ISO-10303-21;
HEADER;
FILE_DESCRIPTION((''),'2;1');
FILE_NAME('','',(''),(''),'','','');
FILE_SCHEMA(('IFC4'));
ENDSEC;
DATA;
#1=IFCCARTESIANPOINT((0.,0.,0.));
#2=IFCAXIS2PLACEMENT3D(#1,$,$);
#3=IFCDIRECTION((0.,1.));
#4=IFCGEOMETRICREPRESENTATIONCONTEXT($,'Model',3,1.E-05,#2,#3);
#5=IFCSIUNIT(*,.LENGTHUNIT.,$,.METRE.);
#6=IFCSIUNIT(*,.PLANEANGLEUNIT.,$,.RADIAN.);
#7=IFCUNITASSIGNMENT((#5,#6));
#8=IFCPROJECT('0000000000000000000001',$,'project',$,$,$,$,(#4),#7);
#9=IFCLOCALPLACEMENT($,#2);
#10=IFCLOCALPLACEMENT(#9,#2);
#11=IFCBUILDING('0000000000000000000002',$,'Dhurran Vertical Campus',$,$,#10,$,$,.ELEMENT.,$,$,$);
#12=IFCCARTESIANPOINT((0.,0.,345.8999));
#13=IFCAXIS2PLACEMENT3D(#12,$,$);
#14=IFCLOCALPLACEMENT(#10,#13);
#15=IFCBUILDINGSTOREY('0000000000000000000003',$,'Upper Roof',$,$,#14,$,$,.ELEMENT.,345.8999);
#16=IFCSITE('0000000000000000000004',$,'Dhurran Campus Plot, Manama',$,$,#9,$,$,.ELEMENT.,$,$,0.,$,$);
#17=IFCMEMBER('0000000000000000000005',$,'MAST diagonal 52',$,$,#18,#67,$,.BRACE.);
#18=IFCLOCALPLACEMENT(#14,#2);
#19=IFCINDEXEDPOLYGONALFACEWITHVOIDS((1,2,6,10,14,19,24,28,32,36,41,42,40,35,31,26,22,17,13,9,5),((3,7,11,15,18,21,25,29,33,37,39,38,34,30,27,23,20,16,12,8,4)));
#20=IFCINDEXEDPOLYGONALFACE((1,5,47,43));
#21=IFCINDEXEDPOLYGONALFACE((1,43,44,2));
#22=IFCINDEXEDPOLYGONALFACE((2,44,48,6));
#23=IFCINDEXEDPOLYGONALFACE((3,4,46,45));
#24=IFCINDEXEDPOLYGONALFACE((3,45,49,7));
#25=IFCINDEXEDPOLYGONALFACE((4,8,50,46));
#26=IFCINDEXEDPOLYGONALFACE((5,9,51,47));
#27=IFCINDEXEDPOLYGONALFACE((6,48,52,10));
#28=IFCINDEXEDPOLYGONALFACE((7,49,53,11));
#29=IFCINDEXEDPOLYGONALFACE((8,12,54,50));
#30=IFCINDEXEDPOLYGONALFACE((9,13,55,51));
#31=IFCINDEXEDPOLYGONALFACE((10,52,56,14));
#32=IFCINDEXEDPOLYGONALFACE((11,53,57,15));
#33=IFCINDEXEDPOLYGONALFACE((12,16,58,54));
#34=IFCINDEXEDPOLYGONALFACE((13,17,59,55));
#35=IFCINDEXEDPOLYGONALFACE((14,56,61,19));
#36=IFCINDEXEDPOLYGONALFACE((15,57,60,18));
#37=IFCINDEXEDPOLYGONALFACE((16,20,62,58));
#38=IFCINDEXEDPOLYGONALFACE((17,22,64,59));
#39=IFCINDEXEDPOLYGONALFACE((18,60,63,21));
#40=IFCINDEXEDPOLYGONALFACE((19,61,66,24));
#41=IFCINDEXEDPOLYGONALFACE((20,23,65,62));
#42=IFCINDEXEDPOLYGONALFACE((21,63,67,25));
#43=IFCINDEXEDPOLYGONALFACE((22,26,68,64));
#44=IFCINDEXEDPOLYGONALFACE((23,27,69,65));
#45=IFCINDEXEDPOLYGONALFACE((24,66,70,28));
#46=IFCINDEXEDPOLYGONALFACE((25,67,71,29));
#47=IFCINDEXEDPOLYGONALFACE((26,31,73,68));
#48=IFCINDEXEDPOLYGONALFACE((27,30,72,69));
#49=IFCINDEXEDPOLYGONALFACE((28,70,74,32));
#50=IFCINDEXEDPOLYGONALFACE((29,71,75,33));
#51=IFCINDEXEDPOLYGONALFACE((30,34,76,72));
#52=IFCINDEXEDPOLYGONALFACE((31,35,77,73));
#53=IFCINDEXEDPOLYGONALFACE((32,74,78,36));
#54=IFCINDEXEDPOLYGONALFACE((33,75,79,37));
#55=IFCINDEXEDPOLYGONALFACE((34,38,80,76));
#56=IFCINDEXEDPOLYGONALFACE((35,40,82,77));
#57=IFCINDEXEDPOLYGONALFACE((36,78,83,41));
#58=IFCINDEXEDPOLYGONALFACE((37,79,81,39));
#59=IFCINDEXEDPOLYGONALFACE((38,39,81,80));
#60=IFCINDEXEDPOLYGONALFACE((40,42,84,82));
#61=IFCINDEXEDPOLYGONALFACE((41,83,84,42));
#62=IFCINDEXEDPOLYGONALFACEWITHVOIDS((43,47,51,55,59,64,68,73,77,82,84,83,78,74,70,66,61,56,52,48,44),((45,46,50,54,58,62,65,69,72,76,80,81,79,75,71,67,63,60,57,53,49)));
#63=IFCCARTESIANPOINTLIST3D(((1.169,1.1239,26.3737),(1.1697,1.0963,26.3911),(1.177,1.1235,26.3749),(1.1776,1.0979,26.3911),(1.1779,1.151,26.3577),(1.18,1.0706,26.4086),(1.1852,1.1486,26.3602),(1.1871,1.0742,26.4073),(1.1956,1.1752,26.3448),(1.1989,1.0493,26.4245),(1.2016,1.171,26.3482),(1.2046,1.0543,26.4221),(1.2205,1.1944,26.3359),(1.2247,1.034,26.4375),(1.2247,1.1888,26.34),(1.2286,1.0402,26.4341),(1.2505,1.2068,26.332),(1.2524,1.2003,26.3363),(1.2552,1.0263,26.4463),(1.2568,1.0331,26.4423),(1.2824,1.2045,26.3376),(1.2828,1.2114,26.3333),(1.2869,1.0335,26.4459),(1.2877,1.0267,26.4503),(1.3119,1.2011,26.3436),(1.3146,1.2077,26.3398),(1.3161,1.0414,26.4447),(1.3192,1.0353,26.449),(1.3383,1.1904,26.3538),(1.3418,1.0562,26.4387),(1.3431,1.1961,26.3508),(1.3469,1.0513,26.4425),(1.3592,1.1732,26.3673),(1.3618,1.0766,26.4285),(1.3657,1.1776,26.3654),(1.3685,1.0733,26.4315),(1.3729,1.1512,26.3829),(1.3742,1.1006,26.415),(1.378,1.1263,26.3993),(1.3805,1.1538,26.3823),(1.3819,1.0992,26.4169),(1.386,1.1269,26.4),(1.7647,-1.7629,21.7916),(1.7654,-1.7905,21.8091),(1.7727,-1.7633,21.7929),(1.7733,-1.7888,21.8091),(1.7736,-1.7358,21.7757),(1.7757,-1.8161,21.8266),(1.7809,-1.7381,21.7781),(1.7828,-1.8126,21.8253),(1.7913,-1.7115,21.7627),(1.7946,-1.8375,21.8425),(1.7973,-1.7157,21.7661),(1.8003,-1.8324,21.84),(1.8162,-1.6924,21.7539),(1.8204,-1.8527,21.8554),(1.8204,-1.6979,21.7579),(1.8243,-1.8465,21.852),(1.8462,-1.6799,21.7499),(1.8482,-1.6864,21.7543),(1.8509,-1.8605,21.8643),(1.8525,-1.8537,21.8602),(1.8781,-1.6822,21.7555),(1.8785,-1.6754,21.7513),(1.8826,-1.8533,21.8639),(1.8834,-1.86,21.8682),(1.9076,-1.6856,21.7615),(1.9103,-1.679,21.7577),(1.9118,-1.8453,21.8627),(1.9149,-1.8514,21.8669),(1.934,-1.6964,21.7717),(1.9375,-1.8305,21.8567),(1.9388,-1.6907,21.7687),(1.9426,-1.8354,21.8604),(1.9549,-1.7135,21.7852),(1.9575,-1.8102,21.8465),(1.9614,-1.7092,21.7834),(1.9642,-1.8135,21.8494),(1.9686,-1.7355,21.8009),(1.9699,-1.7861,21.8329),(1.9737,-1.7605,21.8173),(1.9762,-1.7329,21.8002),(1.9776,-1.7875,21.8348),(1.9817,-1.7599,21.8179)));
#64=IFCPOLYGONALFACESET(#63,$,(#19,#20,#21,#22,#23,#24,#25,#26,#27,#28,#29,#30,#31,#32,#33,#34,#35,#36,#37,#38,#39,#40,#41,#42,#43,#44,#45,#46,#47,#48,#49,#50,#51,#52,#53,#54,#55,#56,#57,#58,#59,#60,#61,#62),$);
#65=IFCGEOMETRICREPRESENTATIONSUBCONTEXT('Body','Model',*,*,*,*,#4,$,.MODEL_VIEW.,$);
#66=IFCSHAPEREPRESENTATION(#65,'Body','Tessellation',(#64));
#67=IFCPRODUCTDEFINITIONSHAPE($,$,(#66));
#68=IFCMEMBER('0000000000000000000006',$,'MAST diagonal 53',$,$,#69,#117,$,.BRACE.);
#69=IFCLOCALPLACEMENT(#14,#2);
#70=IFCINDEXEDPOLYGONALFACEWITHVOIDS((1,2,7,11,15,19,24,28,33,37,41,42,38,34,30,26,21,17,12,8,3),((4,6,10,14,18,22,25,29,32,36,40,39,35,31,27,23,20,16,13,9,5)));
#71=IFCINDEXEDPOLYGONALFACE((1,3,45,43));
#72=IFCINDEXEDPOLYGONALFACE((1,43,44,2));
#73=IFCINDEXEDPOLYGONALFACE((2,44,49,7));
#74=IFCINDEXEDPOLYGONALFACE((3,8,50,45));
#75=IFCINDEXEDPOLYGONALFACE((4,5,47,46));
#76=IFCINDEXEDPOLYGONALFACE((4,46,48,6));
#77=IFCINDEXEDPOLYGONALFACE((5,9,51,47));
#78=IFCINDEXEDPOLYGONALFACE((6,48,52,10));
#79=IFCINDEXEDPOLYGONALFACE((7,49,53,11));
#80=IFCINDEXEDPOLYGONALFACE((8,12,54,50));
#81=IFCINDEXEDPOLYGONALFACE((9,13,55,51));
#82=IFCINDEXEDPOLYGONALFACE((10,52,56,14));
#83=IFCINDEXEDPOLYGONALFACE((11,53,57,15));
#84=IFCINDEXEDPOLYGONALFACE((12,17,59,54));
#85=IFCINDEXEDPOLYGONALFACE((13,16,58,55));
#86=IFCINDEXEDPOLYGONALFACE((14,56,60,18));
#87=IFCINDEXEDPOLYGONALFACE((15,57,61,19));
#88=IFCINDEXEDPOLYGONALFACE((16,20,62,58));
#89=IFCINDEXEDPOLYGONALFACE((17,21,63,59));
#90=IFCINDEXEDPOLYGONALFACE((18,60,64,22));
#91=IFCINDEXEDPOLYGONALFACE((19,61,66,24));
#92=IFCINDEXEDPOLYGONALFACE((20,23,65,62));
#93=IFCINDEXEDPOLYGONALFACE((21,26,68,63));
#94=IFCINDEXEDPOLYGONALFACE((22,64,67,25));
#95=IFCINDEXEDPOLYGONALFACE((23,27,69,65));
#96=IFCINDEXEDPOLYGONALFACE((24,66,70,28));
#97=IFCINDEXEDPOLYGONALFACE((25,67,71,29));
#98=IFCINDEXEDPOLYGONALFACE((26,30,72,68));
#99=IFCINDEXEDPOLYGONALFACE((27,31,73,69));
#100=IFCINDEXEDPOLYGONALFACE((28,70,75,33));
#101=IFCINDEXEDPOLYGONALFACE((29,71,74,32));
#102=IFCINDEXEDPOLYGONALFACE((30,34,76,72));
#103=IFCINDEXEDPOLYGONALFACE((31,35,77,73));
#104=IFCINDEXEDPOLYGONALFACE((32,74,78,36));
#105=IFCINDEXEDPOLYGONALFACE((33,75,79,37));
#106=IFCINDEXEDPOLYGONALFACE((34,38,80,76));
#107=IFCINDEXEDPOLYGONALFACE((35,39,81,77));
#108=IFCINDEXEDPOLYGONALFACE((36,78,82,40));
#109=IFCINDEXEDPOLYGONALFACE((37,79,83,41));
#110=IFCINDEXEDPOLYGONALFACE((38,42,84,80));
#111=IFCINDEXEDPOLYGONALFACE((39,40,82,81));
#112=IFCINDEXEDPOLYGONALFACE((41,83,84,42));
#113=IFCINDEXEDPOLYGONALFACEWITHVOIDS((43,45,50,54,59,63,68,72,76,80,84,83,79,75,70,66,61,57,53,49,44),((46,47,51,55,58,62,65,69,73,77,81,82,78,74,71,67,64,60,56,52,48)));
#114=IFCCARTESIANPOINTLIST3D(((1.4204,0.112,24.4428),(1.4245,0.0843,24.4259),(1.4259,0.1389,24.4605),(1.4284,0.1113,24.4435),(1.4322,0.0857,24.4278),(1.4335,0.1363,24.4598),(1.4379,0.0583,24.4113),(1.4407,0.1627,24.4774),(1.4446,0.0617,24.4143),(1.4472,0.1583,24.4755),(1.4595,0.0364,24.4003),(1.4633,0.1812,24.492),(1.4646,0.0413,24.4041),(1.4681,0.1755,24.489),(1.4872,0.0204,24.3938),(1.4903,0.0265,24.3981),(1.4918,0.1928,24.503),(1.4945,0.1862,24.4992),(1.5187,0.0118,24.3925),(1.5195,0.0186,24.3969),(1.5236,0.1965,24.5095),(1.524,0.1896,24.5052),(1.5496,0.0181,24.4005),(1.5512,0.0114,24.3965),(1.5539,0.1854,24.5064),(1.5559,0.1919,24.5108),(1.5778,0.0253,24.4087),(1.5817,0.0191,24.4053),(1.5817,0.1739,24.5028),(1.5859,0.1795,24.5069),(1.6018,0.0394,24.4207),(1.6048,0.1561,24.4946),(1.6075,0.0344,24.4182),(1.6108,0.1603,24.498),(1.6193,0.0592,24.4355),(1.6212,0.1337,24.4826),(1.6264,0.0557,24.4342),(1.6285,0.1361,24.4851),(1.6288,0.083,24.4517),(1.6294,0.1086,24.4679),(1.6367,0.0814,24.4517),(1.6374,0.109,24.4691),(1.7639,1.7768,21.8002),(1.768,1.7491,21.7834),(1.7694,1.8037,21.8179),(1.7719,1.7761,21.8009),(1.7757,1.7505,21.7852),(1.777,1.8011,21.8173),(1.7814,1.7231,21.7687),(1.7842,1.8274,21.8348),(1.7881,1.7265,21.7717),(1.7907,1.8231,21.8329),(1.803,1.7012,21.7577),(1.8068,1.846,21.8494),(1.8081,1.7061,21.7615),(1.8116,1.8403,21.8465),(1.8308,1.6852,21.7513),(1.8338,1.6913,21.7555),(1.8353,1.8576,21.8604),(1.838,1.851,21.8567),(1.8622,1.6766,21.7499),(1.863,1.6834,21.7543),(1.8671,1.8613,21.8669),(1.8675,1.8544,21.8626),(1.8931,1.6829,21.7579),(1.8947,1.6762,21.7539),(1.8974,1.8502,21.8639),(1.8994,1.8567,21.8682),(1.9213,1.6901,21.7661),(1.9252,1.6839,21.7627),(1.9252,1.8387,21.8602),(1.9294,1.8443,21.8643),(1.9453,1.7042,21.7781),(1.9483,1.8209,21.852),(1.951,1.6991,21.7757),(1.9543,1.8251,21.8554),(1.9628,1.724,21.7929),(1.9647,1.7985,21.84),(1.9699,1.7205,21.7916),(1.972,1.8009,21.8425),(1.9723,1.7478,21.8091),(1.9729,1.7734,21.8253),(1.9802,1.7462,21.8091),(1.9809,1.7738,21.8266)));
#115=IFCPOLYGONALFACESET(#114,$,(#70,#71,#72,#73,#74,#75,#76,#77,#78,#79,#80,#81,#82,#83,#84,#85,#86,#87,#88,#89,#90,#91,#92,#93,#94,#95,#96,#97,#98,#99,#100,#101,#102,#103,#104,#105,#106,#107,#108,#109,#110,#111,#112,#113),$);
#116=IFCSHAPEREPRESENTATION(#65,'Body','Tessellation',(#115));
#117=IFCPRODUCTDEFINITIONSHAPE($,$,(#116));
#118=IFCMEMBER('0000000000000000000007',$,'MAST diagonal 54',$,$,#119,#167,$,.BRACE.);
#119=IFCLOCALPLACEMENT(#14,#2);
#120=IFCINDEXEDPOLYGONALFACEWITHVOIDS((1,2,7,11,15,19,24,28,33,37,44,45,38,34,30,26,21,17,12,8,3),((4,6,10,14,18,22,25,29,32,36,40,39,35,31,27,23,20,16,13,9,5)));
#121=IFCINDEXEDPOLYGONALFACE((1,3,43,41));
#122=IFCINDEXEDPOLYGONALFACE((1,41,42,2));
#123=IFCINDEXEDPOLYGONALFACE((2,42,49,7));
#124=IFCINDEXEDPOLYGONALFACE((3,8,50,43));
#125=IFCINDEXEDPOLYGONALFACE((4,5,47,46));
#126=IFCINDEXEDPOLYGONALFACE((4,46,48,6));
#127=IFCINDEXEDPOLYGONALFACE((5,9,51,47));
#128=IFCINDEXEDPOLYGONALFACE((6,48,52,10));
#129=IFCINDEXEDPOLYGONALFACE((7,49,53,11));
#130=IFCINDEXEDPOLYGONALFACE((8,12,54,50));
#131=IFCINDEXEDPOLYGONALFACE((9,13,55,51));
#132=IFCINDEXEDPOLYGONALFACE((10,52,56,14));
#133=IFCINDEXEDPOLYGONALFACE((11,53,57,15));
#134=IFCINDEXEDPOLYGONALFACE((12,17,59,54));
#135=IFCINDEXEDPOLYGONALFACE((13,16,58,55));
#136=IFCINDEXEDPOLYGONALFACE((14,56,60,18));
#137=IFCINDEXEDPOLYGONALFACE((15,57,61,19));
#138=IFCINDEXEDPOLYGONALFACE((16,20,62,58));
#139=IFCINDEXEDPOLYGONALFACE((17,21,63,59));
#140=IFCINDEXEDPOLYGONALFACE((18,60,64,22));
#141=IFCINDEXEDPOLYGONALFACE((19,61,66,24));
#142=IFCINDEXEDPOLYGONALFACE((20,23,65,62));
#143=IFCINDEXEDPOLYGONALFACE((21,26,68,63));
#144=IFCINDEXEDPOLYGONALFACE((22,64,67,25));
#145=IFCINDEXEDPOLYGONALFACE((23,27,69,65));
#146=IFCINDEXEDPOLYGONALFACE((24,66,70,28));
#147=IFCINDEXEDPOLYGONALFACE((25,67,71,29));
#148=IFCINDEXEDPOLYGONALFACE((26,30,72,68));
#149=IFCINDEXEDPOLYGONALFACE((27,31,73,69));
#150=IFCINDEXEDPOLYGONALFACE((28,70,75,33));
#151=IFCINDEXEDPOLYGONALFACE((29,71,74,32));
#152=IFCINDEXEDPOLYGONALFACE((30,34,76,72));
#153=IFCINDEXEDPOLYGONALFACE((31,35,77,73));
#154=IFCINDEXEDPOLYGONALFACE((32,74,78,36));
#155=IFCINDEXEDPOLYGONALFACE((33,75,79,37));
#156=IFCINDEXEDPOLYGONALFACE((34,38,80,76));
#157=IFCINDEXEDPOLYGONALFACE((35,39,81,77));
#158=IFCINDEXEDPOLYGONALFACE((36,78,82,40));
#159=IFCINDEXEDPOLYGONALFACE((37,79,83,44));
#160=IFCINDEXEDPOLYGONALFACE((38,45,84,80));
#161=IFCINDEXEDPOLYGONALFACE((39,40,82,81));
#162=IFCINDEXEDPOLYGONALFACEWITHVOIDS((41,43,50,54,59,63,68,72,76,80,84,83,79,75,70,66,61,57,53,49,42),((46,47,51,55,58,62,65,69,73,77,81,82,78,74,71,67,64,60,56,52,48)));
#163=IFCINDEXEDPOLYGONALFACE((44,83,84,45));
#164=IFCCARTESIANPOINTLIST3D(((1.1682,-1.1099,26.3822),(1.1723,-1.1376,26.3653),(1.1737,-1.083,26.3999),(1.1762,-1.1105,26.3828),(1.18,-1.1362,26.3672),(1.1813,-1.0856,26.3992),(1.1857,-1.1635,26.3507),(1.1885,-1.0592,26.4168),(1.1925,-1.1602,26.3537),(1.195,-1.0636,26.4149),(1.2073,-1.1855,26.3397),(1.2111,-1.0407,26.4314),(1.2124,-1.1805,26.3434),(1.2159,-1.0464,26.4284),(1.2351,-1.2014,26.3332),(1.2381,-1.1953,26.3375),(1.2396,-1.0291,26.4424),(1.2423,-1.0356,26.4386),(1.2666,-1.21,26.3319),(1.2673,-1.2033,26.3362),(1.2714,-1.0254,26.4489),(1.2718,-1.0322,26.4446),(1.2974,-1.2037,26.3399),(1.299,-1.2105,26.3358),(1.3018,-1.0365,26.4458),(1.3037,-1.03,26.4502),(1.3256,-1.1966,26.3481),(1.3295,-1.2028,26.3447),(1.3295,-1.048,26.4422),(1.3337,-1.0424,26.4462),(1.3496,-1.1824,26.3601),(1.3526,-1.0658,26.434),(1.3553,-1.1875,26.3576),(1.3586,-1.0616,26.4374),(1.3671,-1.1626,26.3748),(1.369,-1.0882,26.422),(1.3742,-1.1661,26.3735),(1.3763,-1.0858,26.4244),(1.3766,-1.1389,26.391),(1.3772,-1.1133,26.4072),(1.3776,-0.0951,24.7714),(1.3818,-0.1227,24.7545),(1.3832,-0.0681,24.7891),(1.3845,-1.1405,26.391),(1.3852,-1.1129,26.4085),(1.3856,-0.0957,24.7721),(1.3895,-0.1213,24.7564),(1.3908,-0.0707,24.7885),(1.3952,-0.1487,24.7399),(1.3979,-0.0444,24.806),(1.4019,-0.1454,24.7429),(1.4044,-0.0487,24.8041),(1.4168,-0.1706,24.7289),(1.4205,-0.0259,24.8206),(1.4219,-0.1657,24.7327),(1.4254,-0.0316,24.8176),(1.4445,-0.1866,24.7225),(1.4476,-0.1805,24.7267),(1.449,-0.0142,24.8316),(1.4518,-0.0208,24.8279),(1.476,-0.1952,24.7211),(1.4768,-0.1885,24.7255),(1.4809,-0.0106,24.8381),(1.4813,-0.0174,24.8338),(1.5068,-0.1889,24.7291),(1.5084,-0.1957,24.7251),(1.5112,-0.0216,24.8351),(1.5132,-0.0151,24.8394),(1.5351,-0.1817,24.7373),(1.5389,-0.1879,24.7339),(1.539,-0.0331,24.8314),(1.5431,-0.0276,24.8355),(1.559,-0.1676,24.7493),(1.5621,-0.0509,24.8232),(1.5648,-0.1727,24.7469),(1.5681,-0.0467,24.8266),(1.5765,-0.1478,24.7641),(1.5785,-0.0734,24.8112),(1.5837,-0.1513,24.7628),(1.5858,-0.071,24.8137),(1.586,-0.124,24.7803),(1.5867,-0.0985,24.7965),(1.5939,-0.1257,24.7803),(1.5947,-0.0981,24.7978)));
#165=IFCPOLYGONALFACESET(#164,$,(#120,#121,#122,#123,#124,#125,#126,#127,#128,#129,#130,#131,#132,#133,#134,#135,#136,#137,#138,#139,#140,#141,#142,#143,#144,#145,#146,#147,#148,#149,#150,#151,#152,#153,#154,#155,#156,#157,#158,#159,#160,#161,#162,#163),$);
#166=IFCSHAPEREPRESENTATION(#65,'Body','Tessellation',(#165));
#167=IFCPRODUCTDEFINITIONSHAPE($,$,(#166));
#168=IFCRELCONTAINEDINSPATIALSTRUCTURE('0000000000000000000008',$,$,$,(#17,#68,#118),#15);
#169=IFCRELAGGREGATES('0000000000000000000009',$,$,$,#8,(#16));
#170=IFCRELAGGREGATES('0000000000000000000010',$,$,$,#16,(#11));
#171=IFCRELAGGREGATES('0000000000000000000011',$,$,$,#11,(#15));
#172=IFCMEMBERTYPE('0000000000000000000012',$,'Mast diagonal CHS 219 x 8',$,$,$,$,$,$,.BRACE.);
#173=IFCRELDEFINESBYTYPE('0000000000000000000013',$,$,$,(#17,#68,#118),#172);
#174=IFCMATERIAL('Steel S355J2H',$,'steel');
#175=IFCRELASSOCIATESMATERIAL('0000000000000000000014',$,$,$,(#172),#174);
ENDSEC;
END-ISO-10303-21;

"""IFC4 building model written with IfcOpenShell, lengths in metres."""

from ifc_helpers import new_model, si_unit, direction, frame, origin, origin_2d, place, context, subcontext, project, spatial, hollow_circle, extrude, material, material_profile, profile_set, type_object, element, save


model = new_model("IFC4")

# Units and contexts
model_context = context("Model", 3, precision=1e-05, world=origin(), true_north=direction((0.0, 1.0)))
body_context = subcontext(model_context, "Body", "Model", "MODEL_VIEW")
ifc_project = project(units=[si_unit("LENGTHUNIT", "METRE"), si_unit("PLANEANGLEUNIT", "RADIAN")], contexts=[model_context])

# Site, building, storey
site_placement = place(None, origin())
site = spatial("IfcSite", under=ifc_project, at=site_placement, Name="Dhurran Campus Plot, Manama", CompositionType="ELEMENT", RefElevation=0.0)
building_placement = place(site_placement, origin())
building = spatial("IfcBuilding", under=site, at=building_placement, Name="Dhurran Vertical Campus", CompositionType="ELEMENT")
storey_placement = place(building_placement, frame((0.0, 0.0, 345.8999)))
storey = spatial("IfcBuildingStorey", under=building, at=storey_placement, Name="Upper Roof", CompositionType="ELEMENT", Elevation=345.8999)

# Members
ifc_material_1 = material(Name="Steel S355J2H", Category="steel")
ifc_material_profile_1 = material_profile(ifc_material_1, hollow_circle(Radius=0.1096, WallThickness=0.0081, at=origin_2d()), Name="CHS219x8")
ifc_profile_set_1 = profile_set([ifc_material_profile_1], Name="Steel S355J2H")
member_type_1 = type_object("IfcMemberType", Name="Mast diagonal CHS 219 x 8", PredefinedType="BRACE", material=ifc_profile_set_1)
member_1_placement = place(storey_placement, frame((1.8728, -1.7683, 21.8091), z_axis=(-0.109339, 0.529847, 0.841016), x_axis=(-0.979365, -0.202102, 0.0)))
element("IfcMember", 1, at=member_1_placement, inside=storey, type_object=member_type_1, Name="MAST diagonal 52", PredefinedType="BRACE", context=body_context, shape_type="SweptSolid", body=[
    extrude(hollow_circle(Radius=0.1096, WallThickness=0.0081, at=origin_2d()), origin(), (0.0, 0.0, 1.0), 5.4482),
])
member_2_placement = place(storey_placement, frame((1.8728, 1.7683, 21.8091), z_axis=(-0.109324, -0.529836, 0.841024), x_axis=(0.979369, -0.202078, 0.0)))
element("IfcMember", 2, at=member_2_placement, inside=storey, type_object=member_type_1, Name="MAST diagonal 53", PredefinedType="BRACE", context=body_context, shape_type="SweptSolid", body=[
    extrude(hollow_circle(Radius=0.1096, WallThickness=0.0081, at=origin_2d()), origin(), (0.0, 0.0, 1.0), 3.1421),
])
member_3_placement = place(storey_placement, frame((1.4866, -0.1035, 24.7803), z_axis=(-0.109363, -0.529864, 0.841002), x_axis=(0.979357, -0.202138, 0.0)))
element("IfcMember", 3, at=member_3_placement, inside=storey, type_object=member_type_1, Name="MAST diagonal 54", PredefinedType="BRACE", context=body_context, shape_type="SweptSolid", body=[
    extrude(hollow_circle(Radius=0.1096, WallThickness=0.0081, at=origin_2d()), origin(), (0.0, 0.0, 1.0), 1.9153),
])

save(model, "model.ifc")
